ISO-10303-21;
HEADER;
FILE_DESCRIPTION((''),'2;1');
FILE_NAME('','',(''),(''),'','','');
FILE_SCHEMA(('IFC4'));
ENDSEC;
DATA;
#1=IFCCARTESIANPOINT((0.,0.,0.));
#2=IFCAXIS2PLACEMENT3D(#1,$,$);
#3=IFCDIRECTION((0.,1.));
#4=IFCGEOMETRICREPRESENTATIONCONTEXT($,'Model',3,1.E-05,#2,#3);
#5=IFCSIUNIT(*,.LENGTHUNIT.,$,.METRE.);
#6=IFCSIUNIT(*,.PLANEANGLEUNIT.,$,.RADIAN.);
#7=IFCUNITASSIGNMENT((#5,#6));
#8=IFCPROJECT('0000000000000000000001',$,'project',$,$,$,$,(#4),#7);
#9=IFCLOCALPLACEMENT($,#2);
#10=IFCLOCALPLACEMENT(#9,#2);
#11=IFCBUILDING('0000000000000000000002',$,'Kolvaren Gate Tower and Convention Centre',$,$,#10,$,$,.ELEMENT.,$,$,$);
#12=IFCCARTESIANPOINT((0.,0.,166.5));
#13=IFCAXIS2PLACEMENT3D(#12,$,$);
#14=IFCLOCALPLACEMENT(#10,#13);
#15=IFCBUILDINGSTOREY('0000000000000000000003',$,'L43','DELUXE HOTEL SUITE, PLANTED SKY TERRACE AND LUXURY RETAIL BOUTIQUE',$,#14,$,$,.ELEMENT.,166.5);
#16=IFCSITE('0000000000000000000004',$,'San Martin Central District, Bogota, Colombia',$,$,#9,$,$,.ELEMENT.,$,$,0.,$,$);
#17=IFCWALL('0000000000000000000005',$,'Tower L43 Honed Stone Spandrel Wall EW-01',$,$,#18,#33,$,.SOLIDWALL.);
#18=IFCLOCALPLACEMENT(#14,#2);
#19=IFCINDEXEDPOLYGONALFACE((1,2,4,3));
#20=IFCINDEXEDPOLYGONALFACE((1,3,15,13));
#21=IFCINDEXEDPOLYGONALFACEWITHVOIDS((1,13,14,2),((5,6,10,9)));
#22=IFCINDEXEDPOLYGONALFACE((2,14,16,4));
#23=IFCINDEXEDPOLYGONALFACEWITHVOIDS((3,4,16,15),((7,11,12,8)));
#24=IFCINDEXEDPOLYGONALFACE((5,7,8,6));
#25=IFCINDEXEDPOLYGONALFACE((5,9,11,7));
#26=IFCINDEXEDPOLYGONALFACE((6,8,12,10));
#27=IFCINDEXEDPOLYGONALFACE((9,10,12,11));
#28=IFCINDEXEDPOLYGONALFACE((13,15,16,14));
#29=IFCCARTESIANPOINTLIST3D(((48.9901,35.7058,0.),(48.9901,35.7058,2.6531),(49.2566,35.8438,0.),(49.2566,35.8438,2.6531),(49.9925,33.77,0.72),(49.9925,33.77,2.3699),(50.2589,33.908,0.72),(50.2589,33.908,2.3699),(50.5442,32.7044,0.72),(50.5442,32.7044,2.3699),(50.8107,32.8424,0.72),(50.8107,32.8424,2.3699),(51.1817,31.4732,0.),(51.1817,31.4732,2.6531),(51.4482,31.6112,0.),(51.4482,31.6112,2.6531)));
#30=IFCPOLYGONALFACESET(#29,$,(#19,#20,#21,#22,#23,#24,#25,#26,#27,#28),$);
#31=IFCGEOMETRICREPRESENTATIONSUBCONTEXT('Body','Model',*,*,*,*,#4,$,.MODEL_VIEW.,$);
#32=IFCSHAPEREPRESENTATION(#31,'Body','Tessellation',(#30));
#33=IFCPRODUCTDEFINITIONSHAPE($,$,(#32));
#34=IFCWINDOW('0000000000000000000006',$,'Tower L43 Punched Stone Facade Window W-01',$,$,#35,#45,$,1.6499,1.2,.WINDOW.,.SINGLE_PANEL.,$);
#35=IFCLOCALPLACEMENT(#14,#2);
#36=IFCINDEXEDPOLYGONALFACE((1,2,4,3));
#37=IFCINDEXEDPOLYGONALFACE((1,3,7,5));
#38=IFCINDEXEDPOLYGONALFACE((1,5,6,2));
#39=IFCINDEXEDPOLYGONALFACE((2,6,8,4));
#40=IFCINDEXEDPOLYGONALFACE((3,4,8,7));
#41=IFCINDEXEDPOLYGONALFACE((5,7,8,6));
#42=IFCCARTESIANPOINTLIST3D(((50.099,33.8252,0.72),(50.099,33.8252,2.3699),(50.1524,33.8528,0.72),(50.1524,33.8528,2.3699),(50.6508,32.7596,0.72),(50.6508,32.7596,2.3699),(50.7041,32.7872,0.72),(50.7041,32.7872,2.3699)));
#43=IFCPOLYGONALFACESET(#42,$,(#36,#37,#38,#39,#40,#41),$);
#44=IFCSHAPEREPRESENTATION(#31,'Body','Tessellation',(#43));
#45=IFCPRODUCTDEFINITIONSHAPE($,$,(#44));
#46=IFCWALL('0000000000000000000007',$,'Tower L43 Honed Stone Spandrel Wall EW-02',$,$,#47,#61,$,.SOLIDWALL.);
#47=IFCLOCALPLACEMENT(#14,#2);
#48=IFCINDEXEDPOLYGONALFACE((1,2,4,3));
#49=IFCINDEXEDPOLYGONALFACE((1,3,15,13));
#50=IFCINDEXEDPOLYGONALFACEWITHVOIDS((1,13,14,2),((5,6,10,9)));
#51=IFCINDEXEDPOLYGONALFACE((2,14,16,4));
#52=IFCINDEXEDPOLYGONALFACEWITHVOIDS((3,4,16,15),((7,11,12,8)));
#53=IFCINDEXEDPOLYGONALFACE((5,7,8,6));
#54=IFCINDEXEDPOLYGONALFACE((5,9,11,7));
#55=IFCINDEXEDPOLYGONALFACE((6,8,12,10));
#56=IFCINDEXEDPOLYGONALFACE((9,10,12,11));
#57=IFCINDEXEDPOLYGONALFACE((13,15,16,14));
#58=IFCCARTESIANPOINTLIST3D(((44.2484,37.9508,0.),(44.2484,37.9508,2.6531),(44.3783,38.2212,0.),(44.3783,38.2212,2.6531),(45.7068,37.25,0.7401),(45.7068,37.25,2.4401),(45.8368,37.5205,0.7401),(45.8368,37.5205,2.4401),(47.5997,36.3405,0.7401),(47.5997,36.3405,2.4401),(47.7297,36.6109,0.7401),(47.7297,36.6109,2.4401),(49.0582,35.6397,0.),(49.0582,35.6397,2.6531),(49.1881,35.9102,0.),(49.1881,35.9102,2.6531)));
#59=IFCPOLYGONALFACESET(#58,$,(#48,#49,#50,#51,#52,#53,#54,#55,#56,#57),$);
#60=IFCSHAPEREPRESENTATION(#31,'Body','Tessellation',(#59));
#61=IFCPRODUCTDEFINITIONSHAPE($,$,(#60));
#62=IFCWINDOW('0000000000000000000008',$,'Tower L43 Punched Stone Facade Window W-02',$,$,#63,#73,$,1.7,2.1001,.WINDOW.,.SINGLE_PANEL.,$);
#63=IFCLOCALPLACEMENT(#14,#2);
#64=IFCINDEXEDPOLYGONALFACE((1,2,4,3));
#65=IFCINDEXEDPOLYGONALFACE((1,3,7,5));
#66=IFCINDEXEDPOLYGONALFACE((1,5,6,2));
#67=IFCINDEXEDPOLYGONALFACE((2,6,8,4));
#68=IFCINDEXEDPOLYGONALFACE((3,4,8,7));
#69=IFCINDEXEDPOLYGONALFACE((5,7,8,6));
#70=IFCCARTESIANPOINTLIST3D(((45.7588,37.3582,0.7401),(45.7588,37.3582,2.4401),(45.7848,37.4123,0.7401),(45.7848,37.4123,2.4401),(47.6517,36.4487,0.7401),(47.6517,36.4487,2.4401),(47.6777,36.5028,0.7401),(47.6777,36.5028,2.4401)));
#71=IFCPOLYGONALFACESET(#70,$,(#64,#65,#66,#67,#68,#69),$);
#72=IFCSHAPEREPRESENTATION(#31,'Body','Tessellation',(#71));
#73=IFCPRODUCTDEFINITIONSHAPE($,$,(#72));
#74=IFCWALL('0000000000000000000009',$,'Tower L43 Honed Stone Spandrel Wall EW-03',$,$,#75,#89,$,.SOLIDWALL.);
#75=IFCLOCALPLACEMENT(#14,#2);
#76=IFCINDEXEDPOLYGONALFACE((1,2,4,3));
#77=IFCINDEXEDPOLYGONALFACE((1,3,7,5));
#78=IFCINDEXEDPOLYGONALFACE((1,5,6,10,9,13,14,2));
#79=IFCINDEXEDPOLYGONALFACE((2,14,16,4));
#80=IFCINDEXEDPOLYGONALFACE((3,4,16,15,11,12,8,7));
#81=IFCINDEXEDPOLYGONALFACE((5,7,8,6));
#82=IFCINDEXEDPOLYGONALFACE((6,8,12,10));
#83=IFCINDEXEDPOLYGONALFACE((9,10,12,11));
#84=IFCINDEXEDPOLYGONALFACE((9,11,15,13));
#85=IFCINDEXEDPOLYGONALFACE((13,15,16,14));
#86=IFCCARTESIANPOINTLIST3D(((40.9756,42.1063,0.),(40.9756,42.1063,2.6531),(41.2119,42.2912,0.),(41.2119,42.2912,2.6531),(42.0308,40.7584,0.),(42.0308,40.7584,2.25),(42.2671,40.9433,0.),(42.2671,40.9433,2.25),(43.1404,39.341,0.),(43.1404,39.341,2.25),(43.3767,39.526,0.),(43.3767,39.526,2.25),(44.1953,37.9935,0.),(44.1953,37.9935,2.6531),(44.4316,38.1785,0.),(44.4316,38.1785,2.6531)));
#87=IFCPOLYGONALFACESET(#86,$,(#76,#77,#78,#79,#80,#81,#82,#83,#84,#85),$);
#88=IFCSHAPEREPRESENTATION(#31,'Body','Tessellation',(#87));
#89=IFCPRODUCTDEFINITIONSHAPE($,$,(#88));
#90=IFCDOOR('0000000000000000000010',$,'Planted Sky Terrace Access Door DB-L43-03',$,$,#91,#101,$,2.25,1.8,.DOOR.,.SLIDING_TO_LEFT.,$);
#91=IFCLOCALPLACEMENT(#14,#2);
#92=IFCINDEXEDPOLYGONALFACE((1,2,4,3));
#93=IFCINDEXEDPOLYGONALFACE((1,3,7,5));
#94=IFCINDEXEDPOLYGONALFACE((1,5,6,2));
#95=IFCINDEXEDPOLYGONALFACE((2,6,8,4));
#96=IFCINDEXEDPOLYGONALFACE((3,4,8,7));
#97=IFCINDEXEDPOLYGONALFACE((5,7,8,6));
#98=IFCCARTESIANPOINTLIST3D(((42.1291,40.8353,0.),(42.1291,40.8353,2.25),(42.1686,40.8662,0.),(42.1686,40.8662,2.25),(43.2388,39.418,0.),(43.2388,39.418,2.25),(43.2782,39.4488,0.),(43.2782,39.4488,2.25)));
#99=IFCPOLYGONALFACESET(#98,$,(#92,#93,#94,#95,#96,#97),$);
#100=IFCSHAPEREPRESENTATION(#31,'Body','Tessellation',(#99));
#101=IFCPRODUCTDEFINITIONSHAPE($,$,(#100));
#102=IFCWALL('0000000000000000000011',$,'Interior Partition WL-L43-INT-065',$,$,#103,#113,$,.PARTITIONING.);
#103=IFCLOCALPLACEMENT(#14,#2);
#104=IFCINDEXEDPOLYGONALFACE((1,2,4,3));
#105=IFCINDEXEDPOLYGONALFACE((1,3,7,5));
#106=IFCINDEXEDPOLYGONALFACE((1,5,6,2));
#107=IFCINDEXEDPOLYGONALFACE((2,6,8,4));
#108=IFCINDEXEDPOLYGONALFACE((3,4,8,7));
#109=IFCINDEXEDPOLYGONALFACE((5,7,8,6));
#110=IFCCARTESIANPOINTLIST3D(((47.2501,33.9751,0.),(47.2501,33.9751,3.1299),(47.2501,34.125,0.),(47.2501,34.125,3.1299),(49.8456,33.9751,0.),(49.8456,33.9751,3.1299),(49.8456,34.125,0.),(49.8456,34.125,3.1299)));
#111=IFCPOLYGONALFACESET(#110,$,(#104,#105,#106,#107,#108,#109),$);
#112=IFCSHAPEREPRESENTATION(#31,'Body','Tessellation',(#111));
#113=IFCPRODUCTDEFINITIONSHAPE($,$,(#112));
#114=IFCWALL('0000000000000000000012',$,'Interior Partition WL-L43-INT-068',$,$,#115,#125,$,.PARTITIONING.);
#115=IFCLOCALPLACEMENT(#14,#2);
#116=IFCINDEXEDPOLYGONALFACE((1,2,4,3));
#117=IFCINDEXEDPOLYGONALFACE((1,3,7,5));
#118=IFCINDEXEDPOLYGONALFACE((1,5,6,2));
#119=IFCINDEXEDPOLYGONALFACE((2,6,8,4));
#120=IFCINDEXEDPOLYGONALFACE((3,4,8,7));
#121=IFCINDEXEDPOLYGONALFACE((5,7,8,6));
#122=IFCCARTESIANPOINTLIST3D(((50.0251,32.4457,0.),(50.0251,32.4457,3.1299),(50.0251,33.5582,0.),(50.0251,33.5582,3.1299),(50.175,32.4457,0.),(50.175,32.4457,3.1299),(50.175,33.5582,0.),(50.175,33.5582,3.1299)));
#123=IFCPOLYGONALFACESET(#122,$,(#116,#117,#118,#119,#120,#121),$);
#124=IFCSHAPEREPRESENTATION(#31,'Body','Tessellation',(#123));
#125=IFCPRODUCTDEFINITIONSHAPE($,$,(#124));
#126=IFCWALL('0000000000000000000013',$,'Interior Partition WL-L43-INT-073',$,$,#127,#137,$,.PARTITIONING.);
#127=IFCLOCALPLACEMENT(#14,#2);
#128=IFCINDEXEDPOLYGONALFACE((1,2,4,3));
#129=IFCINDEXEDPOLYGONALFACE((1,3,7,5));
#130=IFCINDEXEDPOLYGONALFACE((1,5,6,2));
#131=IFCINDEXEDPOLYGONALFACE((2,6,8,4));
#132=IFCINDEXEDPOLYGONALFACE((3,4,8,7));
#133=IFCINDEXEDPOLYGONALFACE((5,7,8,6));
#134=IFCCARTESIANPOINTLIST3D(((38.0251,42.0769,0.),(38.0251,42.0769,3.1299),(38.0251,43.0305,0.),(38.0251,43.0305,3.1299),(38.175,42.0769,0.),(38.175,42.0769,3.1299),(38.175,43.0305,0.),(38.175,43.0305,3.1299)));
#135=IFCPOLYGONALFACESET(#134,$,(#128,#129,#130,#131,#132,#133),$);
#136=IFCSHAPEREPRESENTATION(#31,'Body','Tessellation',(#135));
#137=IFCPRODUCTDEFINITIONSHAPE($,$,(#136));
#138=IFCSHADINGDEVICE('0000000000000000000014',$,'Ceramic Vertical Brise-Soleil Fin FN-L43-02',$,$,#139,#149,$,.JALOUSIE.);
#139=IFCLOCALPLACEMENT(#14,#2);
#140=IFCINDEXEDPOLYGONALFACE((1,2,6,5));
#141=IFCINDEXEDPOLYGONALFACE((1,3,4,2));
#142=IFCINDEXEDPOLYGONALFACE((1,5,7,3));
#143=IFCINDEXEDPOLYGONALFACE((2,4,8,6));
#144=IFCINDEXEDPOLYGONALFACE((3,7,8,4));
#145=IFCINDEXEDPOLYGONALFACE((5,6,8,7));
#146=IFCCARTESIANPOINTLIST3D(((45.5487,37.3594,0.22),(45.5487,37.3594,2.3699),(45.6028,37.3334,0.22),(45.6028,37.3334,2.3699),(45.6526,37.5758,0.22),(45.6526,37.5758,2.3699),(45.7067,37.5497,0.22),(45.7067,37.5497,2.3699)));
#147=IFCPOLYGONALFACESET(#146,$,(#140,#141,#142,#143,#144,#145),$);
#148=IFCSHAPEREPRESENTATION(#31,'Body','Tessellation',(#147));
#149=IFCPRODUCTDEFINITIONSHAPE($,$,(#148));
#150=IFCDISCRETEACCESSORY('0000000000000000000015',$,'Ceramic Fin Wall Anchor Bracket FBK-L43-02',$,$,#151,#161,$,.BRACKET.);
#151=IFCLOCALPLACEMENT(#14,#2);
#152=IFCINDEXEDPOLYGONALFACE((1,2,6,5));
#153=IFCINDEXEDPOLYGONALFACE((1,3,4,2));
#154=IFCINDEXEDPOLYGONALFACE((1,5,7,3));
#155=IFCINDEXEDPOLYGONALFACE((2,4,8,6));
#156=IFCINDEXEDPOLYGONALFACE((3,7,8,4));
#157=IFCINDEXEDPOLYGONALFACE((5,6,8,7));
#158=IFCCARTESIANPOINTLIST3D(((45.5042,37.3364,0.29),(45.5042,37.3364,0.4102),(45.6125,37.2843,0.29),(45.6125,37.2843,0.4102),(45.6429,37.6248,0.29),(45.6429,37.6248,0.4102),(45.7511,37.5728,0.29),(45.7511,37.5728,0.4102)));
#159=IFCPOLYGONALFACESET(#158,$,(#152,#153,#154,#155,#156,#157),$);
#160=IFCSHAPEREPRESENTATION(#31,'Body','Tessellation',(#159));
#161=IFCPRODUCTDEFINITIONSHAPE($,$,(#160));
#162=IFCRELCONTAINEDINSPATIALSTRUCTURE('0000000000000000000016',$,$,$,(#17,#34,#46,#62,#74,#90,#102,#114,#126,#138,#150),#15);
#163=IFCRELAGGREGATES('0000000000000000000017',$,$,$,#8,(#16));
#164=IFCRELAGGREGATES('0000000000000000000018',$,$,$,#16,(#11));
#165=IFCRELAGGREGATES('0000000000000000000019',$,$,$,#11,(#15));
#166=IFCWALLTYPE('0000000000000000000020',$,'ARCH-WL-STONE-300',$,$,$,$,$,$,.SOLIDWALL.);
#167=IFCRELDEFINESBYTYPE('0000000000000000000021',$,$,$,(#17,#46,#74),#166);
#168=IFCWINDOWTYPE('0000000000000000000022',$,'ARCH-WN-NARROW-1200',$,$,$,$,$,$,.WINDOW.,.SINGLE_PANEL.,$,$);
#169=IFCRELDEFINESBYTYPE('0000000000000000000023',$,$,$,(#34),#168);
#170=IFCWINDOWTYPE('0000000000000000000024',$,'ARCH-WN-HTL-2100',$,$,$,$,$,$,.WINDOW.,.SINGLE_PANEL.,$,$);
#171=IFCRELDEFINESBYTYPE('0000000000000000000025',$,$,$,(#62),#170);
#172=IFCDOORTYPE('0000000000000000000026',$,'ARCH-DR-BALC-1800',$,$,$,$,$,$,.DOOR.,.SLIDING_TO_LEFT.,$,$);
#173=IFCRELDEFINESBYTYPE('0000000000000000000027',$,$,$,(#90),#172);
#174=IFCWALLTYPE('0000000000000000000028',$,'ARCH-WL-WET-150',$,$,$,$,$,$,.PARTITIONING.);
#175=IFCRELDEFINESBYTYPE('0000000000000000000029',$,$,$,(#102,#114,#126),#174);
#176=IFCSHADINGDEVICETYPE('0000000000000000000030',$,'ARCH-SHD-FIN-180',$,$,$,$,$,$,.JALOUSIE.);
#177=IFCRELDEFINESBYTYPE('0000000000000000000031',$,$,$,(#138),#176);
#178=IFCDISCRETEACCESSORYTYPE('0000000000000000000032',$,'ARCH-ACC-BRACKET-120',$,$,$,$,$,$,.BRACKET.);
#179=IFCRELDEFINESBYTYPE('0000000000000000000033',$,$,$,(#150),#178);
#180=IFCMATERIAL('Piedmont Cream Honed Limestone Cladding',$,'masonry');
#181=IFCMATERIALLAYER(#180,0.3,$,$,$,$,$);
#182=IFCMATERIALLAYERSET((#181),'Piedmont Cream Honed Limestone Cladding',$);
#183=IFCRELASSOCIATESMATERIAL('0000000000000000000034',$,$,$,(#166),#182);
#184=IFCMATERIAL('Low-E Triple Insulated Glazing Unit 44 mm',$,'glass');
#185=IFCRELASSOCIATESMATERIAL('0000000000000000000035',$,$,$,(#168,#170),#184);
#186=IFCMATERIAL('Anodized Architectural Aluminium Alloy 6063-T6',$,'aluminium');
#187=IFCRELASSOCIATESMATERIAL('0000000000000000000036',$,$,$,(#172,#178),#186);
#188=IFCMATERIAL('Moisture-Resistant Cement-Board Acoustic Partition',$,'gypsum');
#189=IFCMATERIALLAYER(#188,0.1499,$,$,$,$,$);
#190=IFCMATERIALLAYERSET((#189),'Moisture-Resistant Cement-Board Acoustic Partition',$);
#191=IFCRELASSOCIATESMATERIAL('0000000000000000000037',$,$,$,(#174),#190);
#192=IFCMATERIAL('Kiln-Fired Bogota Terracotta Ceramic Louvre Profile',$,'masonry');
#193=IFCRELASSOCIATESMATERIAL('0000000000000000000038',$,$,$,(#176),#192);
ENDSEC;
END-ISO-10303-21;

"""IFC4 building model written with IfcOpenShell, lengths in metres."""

from ifc_helpers import new_model, si_unit, direction, frame, frame_2d, origin, origin_2d, place, context, subcontext, project, spatial, rectangle, extrude, material, layer, layer_set, type_object, element, fill, save


model = new_model("IFC4")

# Units and contexts
model_context = context("Model", 3, precision=1e-05, world=origin(), true_north=direction((0.0, 1.0)))
body_context = subcontext(model_context, "Body", "Model", "MODEL_VIEW")
ifc_project = project(units=[si_unit("LENGTHUNIT", "METRE"), si_unit("PLANEANGLEUNIT", "RADIAN")], contexts=[model_context])

# Site, building, storey
site_placement = place(None, origin())
site = spatial("IfcSite", under=ifc_project, at=site_placement, Name="San Martin Central District, Bogota, Colombia", CompositionType="ELEMENT", RefElevation=0.0)
building_placement = place(site_placement, origin())
building = spatial("IfcBuilding", under=site, at=building_placement, Name="Kolvaren Gate Tower and Convention Centre", CompositionType="ELEMENT")
storey_placement = place(building_placement, frame((0.0, 0.0, 166.5)))
storey = spatial("IfcBuildingStorey", under=building, at=storey_placement, Name="L43", Description="DELUXE HOTEL SUITE, PLANTED SKY TERRACE AND LUXURY RETAIL BOUTIQUE", CompositionType="ELEMENT", Elevation=166.5)

# Shared definitions
ifc_material_1 = material(Name="Piedmont Cream Honed Limestone Cladding", Category="masonry")

# Walls, openings, windows
ifc_layer_1 = layer(ifc_material_1, 0.3)
ifc_layer_set_1 = layer_set([ifc_layer_1], Name="Piedmont Cream Honed Limestone Cladding")
wall_type_1 = type_object("IfcWallType", Name="ARCH-WL-STONE-300", PredefinedType="SOLIDWALL", material=ifc_layer_set_1)
wall_1_placement = place(storey_placement, frame((49.1233, 35.7749, 0.0), z_axis=(0.0, 0.0, 1.0), x_axis=(0.45981, -0.888017, 0.0)))
wall_1 = element("IfcWall", 1, at=wall_1_placement, inside=storey, type_object=wall_type_1, Name="Tower L43 Honed Stone Spandrel Wall EW-01", PredefinedType="SOLIDWALL", context=body_context, shape_type="SweptSolid", body=[
    extrude(rectangle(XDim=4.7664, YDim=0.3, at=frame_2d((2.3833, 0.0))), origin(), (0.0, 0.0, 1.0), 2.6531),
])
opening_1_placement = place(wall_1_placement, frame((2.1799, 0.0, 0.72)))
opening_1 = element("IfcOpeningElement", 2, at=opening_1_placement, cuts=wall_1, PredefinedType="OPENING", context=body_context, shape_type="SweptSolid", body=[
    extrude(rectangle(XDim=1.2, YDim=1.6499, at=frame_2d((0.6001, 0.825))), frame((0.0, 0.1599, 0.0), z_axis=(0.0, -1.0, 0.0), x_axis=(1.0, 0.0, 0.0)), (0.0, 0.0, 1.0), 0.3201),
])
ifc_material_2 = material(Name="Low-E Triple Insulated Glazing Unit 44 mm", Category="glass")
window_type_1 = type_object("IfcWindowType", Name="ARCH-WN-NARROW-1200", PartitioningType="SINGLE_PANEL", PredefinedType="WINDOW", material=ifc_material_2)
window_1_placement = place(opening_1_placement, origin())
window_1 = element("IfcWindow", 3, at=window_1_placement, inside=storey, type_object=window_type_1, Name="Tower L43 Punched Stone Facade Window W-01", OverallHeight=1.6499, OverallWidth=1.2, PartitioningType="SINGLE_PANEL", PredefinedType="WINDOW", context=body_context, shape_type="SweptSolid", body=[
    extrude(rectangle(XDim=1.2, YDim=1.6499, at=frame_2d((0.6001, 0.825))), frame((0.0, 0.03, 0.0), z_axis=(0.0, -1.0, 0.0), x_axis=(1.0, 0.0, 0.0)), (0.0, 0.0, 1.0), 0.0601),
])
fill(opening_1, window_1)
wall_2_placement = place(storey_placement, frame((44.3135, 38.0859, 0.0), z_axis=(0.0, 0.0, 1.0), x_axis=(0.901353, -0.433085, 0.0)))
wall_2 = element("IfcWall", 4, at=wall_2_placement, inside=storey, type_object=wall_type_1, Name="Tower L43 Honed Stone Spandrel Wall EW-02", PredefinedType="SOLIDWALL", context=body_context, shape_type="SweptSolid", body=[
    extrude(rectangle(XDim=5.3362, YDim=0.3, at=frame_2d((2.668, 0.0))), origin(), (0.0, 0.0, 1.0), 2.6531),
])
opening_2_placement = place(wall_2_placement, frame((1.6179, 0.0, 0.74)))
opening_2 = element("IfcOpeningElement", 5, at=opening_2_placement, cuts=wall_2, PredefinedType="OPENING", context=body_context, shape_type="SweptSolid", body=[
    extrude(rectangle(XDim=2.1001, YDim=1.7, at=frame_2d((1.05, 0.8501))), frame((0.0, 0.1599, 0.0), z_axis=(0.0, -1.0, 0.0), x_axis=(1.0, 0.0, 0.0)), (0.0, 0.0, 1.0), 0.3201),
])
window_type_2 = type_object("IfcWindowType", Name="ARCH-WN-HTL-2100", PartitioningType="SINGLE_PANEL", PredefinedType="WINDOW", material=ifc_material_2)
window_2_placement = place(opening_2_placement, origin())
window_2 = element("IfcWindow", 6, at=window_2_placement, inside=storey, type_object=window_type_2, Name="Tower L43 Punched Stone Facade Window W-02", OverallHeight=1.7, OverallWidth=2.1001, PartitioningType="SINGLE_PANEL", PredefinedType="WINDOW", context=body_context, shape_type="SweptSolid", body=[
    extrude(rectangle(XDim=2.1001, YDim=1.7, at=frame_2d((1.05, 0.8501))), frame((0.0, 0.03, 0.0), z_axis=(0.0, -1.0, 0.0), x_axis=(1.0, 0.0, 0.0)), (0.0, 0.0, 1.0), 0.0601),
])
fill(opening_2, window_2)

# Wall, opening, door
wall_3_placement = place(storey_placement, frame((41.0938, 42.1987, 0.0), z_axis=(0.0, 0.0, 1.0), x_axis=(0.616429, -0.78741, 0.0)))
wall_3 = element("IfcWall", 7, at=wall_3_placement, inside=storey, type_object=wall_type_1, Name="Tower L43 Honed Stone Spandrel Wall EW-03", PredefinedType="SOLIDWALL", context=body_context, shape_type="SweptSolid", body=[
    extrude(rectangle(XDim=5.2231, YDim=0.3, at=frame_2d((2.6116, 0.0))), origin(), (0.0, 0.0, 1.0), 2.6531),
])
opening_3_placement = place(wall_3_placement, frame((1.7119, 0.0, 0.0)))
opening_3 = element("IfcOpeningElement", 8, at=opening_3_placement, cuts=wall_3, PredefinedType="OPENING", context=body_context, shape_type="SweptSolid", body=[
    extrude(rectangle(XDim=1.8, YDim=2.25, at=frame_2d((0.8999, 1.125))), frame((0.0, 0.1599, 0.0), z_axis=(0.0, -1.0, 0.0), x_axis=(1.0, 0.0, 0.0)), (0.0, 0.0, 1.0), 0.3201),
])
ifc_material_3 = material(Name="Anodized Architectural Aluminium Alloy 6063-T6", Category="aluminium")
door_type = type_object("IfcDoorType", Name="ARCH-DR-BALC-1800", OperationType="SLIDING_TO_LEFT", PredefinedType="DOOR", material=ifc_material_3)
door_placement = place(opening_3_placement, origin())
door = element("IfcDoor", 9, at=door_placement, inside=storey, type_object=door_type, Name="Planted Sky Terrace Access Door DB-L43-03", OperationType="SLIDING_TO_LEFT", OverallHeight=2.25, OverallWidth=1.8, PredefinedType="DOOR", context=body_context, shape_type="SweptSolid", body=[
    extrude(rectangle(XDim=1.8, YDim=2.25, at=frame_2d((0.8999, 1.125))), frame((0.0, 0.0249, 0.0), z_axis=(0.0, -1.0, 0.0), x_axis=(1.0, 0.0, 0.0)), (0.0, 0.0, 1.0), 0.05),
])
fill(opening_3, door)

# Walls
ifc_material_4 = material(Name="Moisture-Resistant Cement-Board Acoustic Partition", Category="gypsum")
ifc_layer_2 = layer(ifc_material_4, 0.1499)
ifc_layer_set_2 = layer_set([ifc_layer_2], Name="Moisture-Resistant Cement-Board Acoustic Partition")
wall_type_2 = type_object("IfcWallType", Name="ARCH-WL-WET-150", PredefinedType="PARTITIONING", material=ifc_layer_set_2)
wall_4_placement = place(storey_placement, frame((47.25, 34.05, 0.0), z_axis=(0.0, 0.0, 1.0), x_axis=(1.0, 0.0, 0.0)))
element("IfcWall", 10, at=wall_4_placement, inside=storey, type_object=wall_type_2, Name="Interior Partition WL-L43-INT-065", PredefinedType="PARTITIONING", context=body_context, shape_type="SweptSolid", body=[
    extrude(rectangle(XDim=2.5955, YDim=0.1499, at=frame_2d((1.2979, 0.0))), origin(), (0.0, 0.0, 1.0), 3.1299),
])
wall_5_placement = place(storey_placement, frame((50.1001, 32.4458, 0.0), z_axis=(0.0, 0.0, 1.0), x_axis=(0.0, 1.0, 0.0)))
element("IfcWall", 11, at=wall_5_placement, inside=storey, type_object=wall_type_2, Name="Interior Partition WL-L43-INT-068", PredefinedType="PARTITIONING", context=body_context, shape_type="SweptSolid", body=[
    extrude(rectangle(XDim=1.1125, YDim=0.1499, at=frame_2d((0.5562, 0.0))), origin(), (0.0, 0.0, 1.0), 3.1299),
])
wall_6_placement = place(storey_placement, frame((38.1001, 42.0769, 0.0), z_axis=(0.0, 0.0, 1.0), x_axis=(0.0, 1.0, 0.0)))
element("IfcWall", 12, at=wall_6_placement, inside=storey, type_object=wall_type_2, Name="Interior Partition WL-L43-INT-073", PredefinedType="PARTITIONING", context=body_context, shape_type="SweptSolid", body=[
    extrude(rectangle(XDim=0.9536, YDim=0.1499, at=frame_2d((0.4768, 0.0))), origin(), (0.0, 0.0, 1.0), 3.1299),
])

# Shading device
ifc_material_5 = material(Name="Kiln-Fired Bogota Terracotta Ceramic Louvre Profile", Category="masonry")
shading_device_type = type_object("IfcShadingDeviceType", Name="ARCH-SHD-FIN-180", PredefinedType="JALOUSIE", material=ifc_material_5)
shading_device_placement = place(storey_placement, frame((45.6277, 37.4546, 0.22), z_axis=(0.0, 0.0, 1.0), x_axis=(0.901358, -0.433074, 0.0)))
element("IfcShadingDevice", 13, at=shading_device_placement, inside=storey, type_object=shading_device_type, Name="Ceramic Vertical Brise-Soleil Fin FN-L43-02", PredefinedType="JALOUSIE", context=body_context, shape_type="SweptSolid", body=[
    extrude(rectangle(XDim=0.0601, YDim=0.24, at=origin_2d()), origin(), (0.0, 0.0, 1.0), 2.1499),
])

# Discrete accessory
discrete_accessory_type = type_object("IfcDiscreteAccessoryType", Name="ARCH-ACC-BRACKET-120", PredefinedType="BRACKET", material=ifc_material_3)
discrete_accessory_placement = place(storey_placement, frame((45.6277, 37.4546, 0.29), z_axis=(0.0, 0.0, 1.0), x_axis=(0.901358, -0.433074, 0.0)))
element("IfcDiscreteAccessory", 14, at=discrete_accessory_placement, inside=storey, type_object=discrete_accessory_type, Name="Ceramic Fin Wall Anchor Bracket FBK-L43-02", PredefinedType="BRACKET", context=body_context, shape_type="SweptSolid", body=[
    extrude(rectangle(XDim=0.1201, YDim=0.3201, at=origin_2d()), origin(), (0.0, 0.0, 1.0), 0.1201),
])

save(model, "model.ifc")
